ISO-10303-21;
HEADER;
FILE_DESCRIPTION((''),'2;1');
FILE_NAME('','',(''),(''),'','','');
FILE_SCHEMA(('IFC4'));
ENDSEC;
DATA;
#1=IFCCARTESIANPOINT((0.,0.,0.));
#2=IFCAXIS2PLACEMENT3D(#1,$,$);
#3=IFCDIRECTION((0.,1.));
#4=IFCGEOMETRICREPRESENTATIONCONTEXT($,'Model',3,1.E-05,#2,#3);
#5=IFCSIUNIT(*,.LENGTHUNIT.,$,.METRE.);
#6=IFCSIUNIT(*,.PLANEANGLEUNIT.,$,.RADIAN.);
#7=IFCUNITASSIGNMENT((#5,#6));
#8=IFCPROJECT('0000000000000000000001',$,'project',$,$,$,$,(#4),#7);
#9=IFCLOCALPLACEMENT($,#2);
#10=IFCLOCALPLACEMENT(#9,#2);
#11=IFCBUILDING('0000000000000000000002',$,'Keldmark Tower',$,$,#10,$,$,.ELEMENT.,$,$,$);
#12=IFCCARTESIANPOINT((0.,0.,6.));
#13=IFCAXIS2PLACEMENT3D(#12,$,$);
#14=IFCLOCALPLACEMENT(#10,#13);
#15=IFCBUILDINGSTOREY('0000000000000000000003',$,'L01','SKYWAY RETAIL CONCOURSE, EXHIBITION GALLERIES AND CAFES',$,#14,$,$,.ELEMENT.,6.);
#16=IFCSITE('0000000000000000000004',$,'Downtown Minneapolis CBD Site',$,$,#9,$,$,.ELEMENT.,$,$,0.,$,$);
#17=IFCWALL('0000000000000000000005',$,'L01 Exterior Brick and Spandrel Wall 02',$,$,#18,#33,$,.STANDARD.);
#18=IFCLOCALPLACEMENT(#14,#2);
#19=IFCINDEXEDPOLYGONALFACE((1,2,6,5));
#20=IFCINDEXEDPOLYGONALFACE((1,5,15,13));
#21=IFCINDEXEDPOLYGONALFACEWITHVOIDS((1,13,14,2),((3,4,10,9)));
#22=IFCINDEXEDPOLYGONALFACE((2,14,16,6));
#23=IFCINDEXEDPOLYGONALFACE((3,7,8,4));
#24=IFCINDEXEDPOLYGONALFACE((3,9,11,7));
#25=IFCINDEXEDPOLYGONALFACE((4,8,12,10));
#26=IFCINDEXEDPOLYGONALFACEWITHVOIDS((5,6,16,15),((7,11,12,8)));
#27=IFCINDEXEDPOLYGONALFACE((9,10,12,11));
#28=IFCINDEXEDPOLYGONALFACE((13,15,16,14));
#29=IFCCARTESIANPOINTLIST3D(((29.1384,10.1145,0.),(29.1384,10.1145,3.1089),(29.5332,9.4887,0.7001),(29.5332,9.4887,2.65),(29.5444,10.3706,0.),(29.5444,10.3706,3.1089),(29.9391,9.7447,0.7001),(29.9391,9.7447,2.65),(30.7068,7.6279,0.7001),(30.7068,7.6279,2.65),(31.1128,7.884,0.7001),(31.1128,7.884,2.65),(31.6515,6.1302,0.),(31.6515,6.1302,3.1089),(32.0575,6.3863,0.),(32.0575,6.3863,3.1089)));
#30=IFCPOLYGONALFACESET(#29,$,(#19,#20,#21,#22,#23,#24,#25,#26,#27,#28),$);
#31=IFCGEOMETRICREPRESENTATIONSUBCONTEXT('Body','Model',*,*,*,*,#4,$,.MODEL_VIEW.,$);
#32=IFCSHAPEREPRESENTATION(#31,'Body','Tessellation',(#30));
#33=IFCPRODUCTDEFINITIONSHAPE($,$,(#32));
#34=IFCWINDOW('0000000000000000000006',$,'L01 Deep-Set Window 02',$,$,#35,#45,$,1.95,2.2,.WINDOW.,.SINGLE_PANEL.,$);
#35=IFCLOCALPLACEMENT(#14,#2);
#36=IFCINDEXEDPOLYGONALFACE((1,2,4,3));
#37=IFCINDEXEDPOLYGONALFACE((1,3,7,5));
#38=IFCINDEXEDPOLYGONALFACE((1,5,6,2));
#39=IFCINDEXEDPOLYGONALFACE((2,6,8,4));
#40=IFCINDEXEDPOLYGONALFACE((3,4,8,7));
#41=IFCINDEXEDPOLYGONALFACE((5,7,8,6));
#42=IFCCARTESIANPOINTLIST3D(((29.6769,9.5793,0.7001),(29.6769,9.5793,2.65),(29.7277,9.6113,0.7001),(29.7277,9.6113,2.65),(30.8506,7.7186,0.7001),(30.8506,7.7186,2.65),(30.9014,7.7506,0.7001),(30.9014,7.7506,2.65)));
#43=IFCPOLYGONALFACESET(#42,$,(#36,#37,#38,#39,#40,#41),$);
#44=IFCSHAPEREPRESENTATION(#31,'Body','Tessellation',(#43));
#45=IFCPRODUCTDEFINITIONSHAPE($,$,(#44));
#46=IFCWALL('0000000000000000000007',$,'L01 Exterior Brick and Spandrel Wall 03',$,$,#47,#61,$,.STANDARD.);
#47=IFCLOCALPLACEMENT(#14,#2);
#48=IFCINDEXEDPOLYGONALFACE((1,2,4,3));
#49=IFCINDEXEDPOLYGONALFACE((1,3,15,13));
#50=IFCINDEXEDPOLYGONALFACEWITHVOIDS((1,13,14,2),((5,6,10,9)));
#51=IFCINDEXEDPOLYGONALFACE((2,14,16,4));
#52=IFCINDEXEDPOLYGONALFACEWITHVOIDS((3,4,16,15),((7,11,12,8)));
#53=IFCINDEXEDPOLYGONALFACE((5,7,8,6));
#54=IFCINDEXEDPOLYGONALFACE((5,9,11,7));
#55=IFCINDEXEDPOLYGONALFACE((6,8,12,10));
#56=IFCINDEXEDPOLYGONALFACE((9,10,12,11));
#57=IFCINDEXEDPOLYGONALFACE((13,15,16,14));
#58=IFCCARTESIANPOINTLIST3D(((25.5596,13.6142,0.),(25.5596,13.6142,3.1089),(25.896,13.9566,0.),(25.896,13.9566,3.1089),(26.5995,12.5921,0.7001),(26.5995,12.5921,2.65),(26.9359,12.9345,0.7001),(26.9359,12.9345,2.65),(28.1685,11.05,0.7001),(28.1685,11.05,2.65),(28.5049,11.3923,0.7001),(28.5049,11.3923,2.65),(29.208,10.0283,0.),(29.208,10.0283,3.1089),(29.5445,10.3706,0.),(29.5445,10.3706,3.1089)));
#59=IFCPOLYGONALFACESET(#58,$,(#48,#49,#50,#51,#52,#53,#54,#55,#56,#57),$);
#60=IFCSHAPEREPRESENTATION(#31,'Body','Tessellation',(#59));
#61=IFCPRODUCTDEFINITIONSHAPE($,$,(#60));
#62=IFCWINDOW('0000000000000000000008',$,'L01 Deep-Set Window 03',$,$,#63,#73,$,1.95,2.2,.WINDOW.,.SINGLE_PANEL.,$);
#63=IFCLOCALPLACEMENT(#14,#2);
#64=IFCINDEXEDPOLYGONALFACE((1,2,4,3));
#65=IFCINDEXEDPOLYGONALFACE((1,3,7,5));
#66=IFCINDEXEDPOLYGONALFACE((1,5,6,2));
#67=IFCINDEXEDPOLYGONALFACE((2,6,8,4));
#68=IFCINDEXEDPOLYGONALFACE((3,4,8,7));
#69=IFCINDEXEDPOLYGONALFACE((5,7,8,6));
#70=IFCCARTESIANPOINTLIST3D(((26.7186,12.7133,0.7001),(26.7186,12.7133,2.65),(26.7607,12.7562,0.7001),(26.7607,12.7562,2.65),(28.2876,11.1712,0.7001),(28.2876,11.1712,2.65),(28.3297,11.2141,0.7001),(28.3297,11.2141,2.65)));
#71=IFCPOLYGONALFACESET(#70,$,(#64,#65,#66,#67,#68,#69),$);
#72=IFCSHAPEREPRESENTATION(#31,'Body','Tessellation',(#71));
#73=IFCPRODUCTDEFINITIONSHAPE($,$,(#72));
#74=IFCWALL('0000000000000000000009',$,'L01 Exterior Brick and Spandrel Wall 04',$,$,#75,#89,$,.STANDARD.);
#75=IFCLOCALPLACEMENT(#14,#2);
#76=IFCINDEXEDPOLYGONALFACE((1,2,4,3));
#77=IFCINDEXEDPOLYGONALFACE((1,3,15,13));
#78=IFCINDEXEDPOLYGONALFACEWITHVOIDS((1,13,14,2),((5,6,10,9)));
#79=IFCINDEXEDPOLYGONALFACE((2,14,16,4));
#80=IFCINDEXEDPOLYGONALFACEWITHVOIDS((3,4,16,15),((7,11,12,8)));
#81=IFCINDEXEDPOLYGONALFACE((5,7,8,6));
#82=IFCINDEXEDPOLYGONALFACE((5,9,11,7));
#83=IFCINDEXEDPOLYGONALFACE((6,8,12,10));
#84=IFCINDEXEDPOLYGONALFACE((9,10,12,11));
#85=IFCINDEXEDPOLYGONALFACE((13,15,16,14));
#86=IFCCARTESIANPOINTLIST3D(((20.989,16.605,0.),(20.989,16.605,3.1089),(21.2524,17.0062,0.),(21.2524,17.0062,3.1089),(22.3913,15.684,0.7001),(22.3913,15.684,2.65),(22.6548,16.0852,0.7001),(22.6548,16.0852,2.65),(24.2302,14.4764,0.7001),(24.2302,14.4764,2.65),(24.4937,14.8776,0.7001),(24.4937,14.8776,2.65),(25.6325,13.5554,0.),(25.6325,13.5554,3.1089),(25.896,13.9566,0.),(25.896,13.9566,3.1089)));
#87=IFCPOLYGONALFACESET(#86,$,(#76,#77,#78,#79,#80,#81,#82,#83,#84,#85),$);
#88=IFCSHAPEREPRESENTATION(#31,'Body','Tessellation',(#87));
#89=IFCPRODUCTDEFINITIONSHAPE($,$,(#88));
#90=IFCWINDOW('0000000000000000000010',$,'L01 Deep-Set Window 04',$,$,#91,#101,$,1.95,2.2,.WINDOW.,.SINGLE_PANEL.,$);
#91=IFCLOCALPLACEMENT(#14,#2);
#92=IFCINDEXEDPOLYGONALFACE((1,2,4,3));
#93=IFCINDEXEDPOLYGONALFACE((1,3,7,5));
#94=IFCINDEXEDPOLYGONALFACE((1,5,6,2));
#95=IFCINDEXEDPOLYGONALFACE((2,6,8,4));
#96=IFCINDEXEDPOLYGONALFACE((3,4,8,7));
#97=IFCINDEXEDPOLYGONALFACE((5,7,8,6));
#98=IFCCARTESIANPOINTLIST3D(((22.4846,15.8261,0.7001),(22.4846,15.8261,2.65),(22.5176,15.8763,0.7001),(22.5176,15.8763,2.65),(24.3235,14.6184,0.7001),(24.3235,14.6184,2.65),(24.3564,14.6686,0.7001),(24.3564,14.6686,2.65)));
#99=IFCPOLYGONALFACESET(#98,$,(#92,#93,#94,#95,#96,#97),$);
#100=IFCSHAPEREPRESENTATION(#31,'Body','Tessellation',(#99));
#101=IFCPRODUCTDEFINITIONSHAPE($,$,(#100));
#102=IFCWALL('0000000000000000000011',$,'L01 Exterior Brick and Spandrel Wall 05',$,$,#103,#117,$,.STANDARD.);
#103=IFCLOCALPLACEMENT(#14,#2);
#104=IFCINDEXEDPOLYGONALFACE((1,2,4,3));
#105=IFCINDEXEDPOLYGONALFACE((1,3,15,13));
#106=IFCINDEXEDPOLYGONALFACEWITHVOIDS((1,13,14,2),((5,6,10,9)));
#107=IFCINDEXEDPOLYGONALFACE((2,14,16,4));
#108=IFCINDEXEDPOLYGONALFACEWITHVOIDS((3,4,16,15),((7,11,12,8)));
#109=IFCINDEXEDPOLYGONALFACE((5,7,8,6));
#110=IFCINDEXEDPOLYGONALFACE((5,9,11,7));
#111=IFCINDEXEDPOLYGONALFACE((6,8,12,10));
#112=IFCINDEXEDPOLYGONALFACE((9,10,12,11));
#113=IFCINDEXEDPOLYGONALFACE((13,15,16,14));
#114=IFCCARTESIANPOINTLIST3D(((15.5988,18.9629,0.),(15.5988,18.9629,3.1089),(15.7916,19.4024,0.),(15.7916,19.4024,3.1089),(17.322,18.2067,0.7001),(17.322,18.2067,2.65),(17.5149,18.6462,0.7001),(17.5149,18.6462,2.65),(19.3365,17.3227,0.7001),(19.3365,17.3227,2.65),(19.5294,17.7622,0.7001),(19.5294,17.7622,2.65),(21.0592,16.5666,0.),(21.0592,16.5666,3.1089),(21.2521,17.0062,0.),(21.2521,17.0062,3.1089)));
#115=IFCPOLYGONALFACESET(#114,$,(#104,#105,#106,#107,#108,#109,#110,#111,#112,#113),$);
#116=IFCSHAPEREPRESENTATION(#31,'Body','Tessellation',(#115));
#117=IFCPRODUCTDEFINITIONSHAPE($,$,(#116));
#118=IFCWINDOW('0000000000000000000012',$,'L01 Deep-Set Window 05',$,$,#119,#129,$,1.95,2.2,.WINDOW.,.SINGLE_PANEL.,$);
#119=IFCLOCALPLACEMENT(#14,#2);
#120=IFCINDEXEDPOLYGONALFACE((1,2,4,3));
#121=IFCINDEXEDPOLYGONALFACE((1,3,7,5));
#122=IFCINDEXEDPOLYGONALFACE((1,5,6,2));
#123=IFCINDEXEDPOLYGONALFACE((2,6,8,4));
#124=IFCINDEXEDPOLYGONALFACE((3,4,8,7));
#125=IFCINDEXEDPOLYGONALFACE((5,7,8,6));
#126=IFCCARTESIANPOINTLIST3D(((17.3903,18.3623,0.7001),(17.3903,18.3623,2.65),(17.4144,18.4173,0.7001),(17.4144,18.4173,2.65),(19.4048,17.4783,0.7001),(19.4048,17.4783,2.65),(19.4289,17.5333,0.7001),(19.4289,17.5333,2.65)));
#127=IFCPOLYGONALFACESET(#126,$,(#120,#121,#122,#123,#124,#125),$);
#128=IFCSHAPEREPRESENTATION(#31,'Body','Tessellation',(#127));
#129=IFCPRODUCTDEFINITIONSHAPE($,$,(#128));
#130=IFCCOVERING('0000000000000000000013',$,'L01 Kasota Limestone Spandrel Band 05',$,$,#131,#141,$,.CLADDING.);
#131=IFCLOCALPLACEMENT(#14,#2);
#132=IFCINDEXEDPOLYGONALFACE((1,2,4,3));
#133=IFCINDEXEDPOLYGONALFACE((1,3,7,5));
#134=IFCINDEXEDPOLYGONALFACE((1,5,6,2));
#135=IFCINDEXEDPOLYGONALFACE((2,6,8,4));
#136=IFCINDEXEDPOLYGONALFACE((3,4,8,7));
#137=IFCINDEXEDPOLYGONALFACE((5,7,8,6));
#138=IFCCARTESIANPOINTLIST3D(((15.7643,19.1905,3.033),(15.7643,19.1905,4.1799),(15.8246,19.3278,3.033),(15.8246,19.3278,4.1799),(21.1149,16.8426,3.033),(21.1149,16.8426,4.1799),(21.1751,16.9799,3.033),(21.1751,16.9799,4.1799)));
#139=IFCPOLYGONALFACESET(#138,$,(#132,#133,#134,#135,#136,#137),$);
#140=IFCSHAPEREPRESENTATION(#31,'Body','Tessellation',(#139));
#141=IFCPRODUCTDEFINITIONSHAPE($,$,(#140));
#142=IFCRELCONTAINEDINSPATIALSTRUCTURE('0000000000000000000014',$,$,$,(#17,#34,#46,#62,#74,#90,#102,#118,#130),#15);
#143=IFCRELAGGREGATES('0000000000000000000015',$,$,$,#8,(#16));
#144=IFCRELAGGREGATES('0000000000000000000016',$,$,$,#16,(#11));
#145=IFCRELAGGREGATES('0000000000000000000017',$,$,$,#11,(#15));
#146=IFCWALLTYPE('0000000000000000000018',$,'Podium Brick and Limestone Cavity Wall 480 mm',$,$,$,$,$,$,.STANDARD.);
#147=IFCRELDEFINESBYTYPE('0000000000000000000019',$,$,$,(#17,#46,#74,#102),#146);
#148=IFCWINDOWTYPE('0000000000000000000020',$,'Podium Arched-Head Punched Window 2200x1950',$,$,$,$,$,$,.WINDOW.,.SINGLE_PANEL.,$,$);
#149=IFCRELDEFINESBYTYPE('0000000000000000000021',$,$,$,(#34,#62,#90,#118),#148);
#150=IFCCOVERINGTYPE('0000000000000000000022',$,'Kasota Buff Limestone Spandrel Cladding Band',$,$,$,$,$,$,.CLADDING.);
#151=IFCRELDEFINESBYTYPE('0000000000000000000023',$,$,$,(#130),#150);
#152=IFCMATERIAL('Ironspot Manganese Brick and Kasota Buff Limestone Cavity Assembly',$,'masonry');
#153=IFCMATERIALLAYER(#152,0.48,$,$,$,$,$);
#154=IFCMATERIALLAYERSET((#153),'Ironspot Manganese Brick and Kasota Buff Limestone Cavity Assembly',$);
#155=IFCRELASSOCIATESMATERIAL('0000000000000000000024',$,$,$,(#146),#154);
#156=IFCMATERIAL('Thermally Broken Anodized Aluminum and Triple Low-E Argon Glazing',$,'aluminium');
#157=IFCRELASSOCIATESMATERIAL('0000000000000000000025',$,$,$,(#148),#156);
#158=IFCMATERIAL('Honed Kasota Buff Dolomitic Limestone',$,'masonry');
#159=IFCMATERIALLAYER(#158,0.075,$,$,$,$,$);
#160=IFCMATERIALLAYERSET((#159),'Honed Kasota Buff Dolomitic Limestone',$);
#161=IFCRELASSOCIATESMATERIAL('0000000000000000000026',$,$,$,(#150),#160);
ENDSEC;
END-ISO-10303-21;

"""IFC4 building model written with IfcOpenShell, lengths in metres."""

from ifc_helpers import new_model, si_unit, direction, frame, frame_2d, origin, origin_2d, place, context, subcontext, project, spatial, rectangle, extrude, material, layer, layer_set, type_object, element, fill, save


model = new_model("IFC4")

# Units and contexts
model_context = context("Model", 3, precision=1e-05, world=origin(), true_north=direction((0.0, 1.0)))
body_context = subcontext(model_context, "Body", "Model", "MODEL_VIEW")
ifc_project = project(units=[si_unit("LENGTHUNIT", "METRE"), si_unit("PLANEANGLEUNIT", "RADIAN")], contexts=[model_context])

# Site, building, storey
site_placement = place(None, origin())
site = spatial("IfcSite", under=ifc_project, at=site_placement, Name="Downtown Minneapolis CBD Site", CompositionType="ELEMENT", RefElevation=0.0)
building_placement = place(site_placement, origin())
building = spatial("IfcBuilding", under=site, at=building_placement, Name="Keldmark Tower", CompositionType="ELEMENT")
storey_placement = place(building_placement, frame((0.0, 0.0, 6.0)))
storey = spatial("IfcBuildingStorey", under=building, at=storey_placement, Name="L01", Description="SKYWAY RETAIL CONCOURSE, EXHIBITION GALLERIES AND CAFES", CompositionType="ELEMENT", Elevation=6.0)

# Walls, openings, windows
ifc_material_1 = material(Name="Ironspot Manganese Brick and Kasota Buff Limestone Cavity Assembly", Category="masonry")
ifc_layer_1 = layer(ifc_material_1, 0.48)
ifc_layer_set_1 = layer_set([ifc_layer_1], Name="Ironspot Manganese Brick and Kasota Buff Limestone Cavity Assembly")
wall_type_1 = type_object("IfcWallType", Name="Podium Brick and Limestone Cavity Wall 480 mm", PredefinedType="STANDARD", material=ifc_layer_set_1)
ifc_material_2 = material(Name="Thermally Broken Anodized Aluminum and Triple Low-E Argon Glazing", Category="aluminium")
window_type = type_object("IfcWindowType", Name="Podium Arched-Head Punched Window 2200x1950", PartitioningType="SINGLE_PANEL", PredefinedType="WINDOW", material=ifc_material_2)
wall_1_placement = place(storey_placement, frame((29.3413, 10.2427, 0.0), z_axis=(0.0, 0.0, 1.0), x_axis=(0.533498, -0.845802, 0.0)))
wall_1 = element("IfcWall", 1, at=wall_1_placement, inside=storey, type_object=wall_type_1, Name="L01 Exterior Brick and Spandrel Wall 02", PredefinedType="STANDARD", context=body_context, shape_type="SweptSolid", body=[
    extrude(rectangle(XDim=4.7107, YDim=0.48, at=frame_2d((2.3555, 0.0))), origin(), (0.0, 0.0, 1.0), 3.1089),
])
opening_1_placement = place(wall_1_placement, frame((0.74, 0.0, 0.7)))
opening_1 = element("IfcOpeningElement", 2, at=opening_1_placement, cuts=wall_1, PredefinedType="OPENING", context=body_context, shape_type="SweptSolid", body=[
    extrude(rectangle(XDim=2.2, YDim=1.95, at=frame_2d((1.1001, 0.9751))), frame((0.0, 0.25, 0.0), z_axis=(0.0, -1.0, 0.0), x_axis=(1.0, 0.0, 0.0)), (0.0, 0.0, 1.0), 0.5),
])
window_1_placement = place(opening_1_placement, origin())
window_1 = element("IfcWindow", 3, at=window_1_placement, inside=storey, type_object=window_type, Name="L01 Deep-Set Window 02", OverallHeight=1.95, OverallWidth=2.2, PartitioningType="SINGLE_PANEL", PredefinedType="WINDOW", context=body_context, shape_type="SweptSolid", body=[
    extrude(rectangle(XDim=2.2, YDim=1.95, at=frame_2d((1.1001, 0.9751))), frame((0.0, -0.01, 0.0), z_axis=(0.0, -1.0, 0.0), x_axis=(1.0, 0.0, 0.0)), (0.0, 0.0, 1.0), 0.0601),
])
fill(opening_1, window_1)
wall_2_placement = place(storey_placement, frame((25.7278, 13.7854, 0.0), z_axis=(0.0, 0.0, 1.0), x_axis=(0.713189, -0.700972, 0.0)))
wall_2 = element("IfcWall", 4, at=wall_2_placement, inside=storey, type_object=wall_type_1, Name="L01 Exterior Brick and Spandrel Wall 03", PredefinedType="STANDARD", context=body_context, shape_type="SweptSolid", body=[
    extrude(rectangle(XDim=5.1157, YDim=0.48, at=frame_2d((2.5579, 0.0))), origin(), (0.0, 0.0, 1.0), 3.1089),
])
opening_2_placement = place(wall_2_placement, frame((1.458, 0.0, 0.7)))
opening_2 = element("IfcOpeningElement", 5, at=opening_2_placement, cuts=wall_2, PredefinedType="OPENING", context=body_context, shape_type="SweptSolid", body=[
    extrude(rectangle(XDim=2.2, YDim=1.95, at=frame_2d((1.1001, 0.9751))), frame((0.0, 0.25, 0.0), z_axis=(0.0, -1.0, 0.0), x_axis=(1.0, 0.0, 0.0)), (0.0, 0.0, 1.0), 0.5),
])
window_2_placement = place(opening_2_placement, origin())
window_2 = element("IfcWindow", 6, at=window_2_placement, inside=storey, type_object=window_type, Name="L01 Deep-Set Window 03", OverallHeight=1.95, OverallWidth=2.2, PartitioningType="SINGLE_PANEL", PredefinedType="WINDOW", context=body_context, shape_type="SweptSolid", body=[
    extrude(rectangle(XDim=2.2, YDim=1.95, at=frame_2d((1.1001, 0.9751))), frame((0.0, -0.01, 0.0), z_axis=(0.0, -1.0, 0.0), x_axis=(1.0, 0.0, 0.0)), (0.0, 0.0, 1.0), 0.0601),
])
fill(opening_2, window_2)
wall_3_placement = place(storey_placement, frame((21.1206, 16.8057, 0.0), z_axis=(0.0, 0.0, 1.0), x_axis=(0.835864, -0.548937, 0.0)))
wall_3 = element("IfcWall", 7, at=wall_3_placement, inside=storey, type_object=wall_type_1, Name="L01 Exterior Brick and Spandrel Wall 04", PredefinedType="STANDARD", context=body_context, shape_type="SweptSolid", body=[
    extrude(rectangle(XDim=5.5554, YDim=0.48, at=frame_2d((2.7778, 0.0))), origin(), (0.0, 0.0, 1.0), 3.1089),
])
opening_3_placement = place(wall_3_placement, frame((1.6777, 0.0, 0.7)))
opening_3 = element("IfcOpeningElement", 8, at=opening_3_placement, cuts=wall_3, PredefinedType="OPENING", context=body_context, shape_type="SweptSolid", body=[
    extrude(rectangle(XDim=2.2, YDim=1.95, at=frame_2d((1.1001, 0.9751))), frame((0.0, 0.25, 0.0), z_axis=(0.0, -1.0, 0.0), x_axis=(1.0, 0.0, 0.0)), (0.0, 0.0, 1.0), 0.5),
])
window_3_placement = place(opening_3_placement, origin())
window_3 = element("IfcWindow", 9, at=window_3_placement, inside=storey, type_object=window_type, Name="L01 Deep-Set Window 04", OverallHeight=1.95, OverallWidth=2.2, PartitioningType="SINGLE_PANEL", PredefinedType="WINDOW", context=body_context, shape_type="SweptSolid", body=[
    extrude(rectangle(XDim=2.2, YDim=1.95, at=frame_2d((1.1001, 0.9751))), frame((0.0, -0.01, 0.0), z_axis=(0.0, -1.0, 0.0), x_axis=(1.0, 0.0, 0.0)), (0.0, 0.0, 1.0), 0.0601),
])
fill(opening_3, window_3)
wall_4_placement = place(storey_placement, frame((15.6953, 19.1826, 0.0), z_axis=(0.0, 0.0, 1.0), x_axis=(0.915708, -0.401845, 0.0)))
wall_4 = element("IfcWall", 10, at=wall_4_placement, inside=storey, type_object=wall_type_1, Name="L01 Exterior Brick and Spandrel Wall 05", PredefinedType="STANDARD", context=body_context, shape_type="SweptSolid", body=[
    extrude(rectangle(XDim=5.9631, YDim=0.48, at=frame_2d((2.9814, 0.0))), origin(), (0.0, 0.0, 1.0), 3.1089),
])
opening_4_placement = place(wall_4_placement, frame((1.8816, 0.0, 0.7)))
opening_4 = element("IfcOpeningElement", 11, at=opening_4_placement, cuts=wall_4, PredefinedType="OPENING", context=body_context, shape_type="SweptSolid", body=[
    extrude(rectangle(XDim=2.2, YDim=1.95, at=frame_2d((1.1001, 0.9751))), frame((0.0, 0.25, 0.0), z_axis=(0.0, -1.0, 0.0), x_axis=(1.0, 0.0, 0.0)), (0.0, 0.0, 1.0), 0.5),
])
window_4_placement = place(opening_4_placement, origin())
window_4 = element("IfcWindow", 12, at=window_4_placement, inside=storey, type_object=window_type, Name="L01 Deep-Set Window 05", OverallHeight=1.95, OverallWidth=2.2, PartitioningType="SINGLE_PANEL", PredefinedType="WINDOW", context=body_context, shape_type="SweptSolid", body=[
    extrude(rectangle(XDim=2.2, YDim=1.95, at=frame_2d((1.1001, 0.9751))), frame((0.0, -0.01, 0.0), z_axis=(0.0, -1.0, 0.0), x_axis=(1.0, 0.0, 0.0)), (0.0, 0.0, 1.0), 0.0601),
])
fill(opening_4, window_4)

# Covering
ifc_material_3 = material(Name="Honed Kasota Buff Dolomitic Limestone", Category="masonry")
ifc_layer_2 = layer(ifc_material_3, 0.075)
ifc_layer_set_2 = layer_set([ifc_layer_2], Name="Honed Kasota Buff Dolomitic Limestone")
covering_type = type_object("IfcCoveringType", Name="Kasota Buff Limestone Spandrel Cladding Band", PredefinedType="CLADDING", material=ifc_layer_set_2)
covering_placement = place(storey_placement, frame((18.4697, 18.0852, 3.033), z_axis=(0.0, 0.0, 1.0), x_axis=(-0.915712, 0.401836, 0.0)))
element("IfcCovering", 13, at=covering_placement, inside=storey, type_object=covering_type, Name="L01 Kasota Limestone Spandrel Band 05", PredefinedType="CLADDING", context=body_context, shape_type="SweptSolid", body=[
    extrude(rectangle(XDim=5.843, YDim=0.1499, at=origin_2d()), origin(), (0.0, 0.0, 1.0), 1.147),
])

save(model, "model.ifc")
